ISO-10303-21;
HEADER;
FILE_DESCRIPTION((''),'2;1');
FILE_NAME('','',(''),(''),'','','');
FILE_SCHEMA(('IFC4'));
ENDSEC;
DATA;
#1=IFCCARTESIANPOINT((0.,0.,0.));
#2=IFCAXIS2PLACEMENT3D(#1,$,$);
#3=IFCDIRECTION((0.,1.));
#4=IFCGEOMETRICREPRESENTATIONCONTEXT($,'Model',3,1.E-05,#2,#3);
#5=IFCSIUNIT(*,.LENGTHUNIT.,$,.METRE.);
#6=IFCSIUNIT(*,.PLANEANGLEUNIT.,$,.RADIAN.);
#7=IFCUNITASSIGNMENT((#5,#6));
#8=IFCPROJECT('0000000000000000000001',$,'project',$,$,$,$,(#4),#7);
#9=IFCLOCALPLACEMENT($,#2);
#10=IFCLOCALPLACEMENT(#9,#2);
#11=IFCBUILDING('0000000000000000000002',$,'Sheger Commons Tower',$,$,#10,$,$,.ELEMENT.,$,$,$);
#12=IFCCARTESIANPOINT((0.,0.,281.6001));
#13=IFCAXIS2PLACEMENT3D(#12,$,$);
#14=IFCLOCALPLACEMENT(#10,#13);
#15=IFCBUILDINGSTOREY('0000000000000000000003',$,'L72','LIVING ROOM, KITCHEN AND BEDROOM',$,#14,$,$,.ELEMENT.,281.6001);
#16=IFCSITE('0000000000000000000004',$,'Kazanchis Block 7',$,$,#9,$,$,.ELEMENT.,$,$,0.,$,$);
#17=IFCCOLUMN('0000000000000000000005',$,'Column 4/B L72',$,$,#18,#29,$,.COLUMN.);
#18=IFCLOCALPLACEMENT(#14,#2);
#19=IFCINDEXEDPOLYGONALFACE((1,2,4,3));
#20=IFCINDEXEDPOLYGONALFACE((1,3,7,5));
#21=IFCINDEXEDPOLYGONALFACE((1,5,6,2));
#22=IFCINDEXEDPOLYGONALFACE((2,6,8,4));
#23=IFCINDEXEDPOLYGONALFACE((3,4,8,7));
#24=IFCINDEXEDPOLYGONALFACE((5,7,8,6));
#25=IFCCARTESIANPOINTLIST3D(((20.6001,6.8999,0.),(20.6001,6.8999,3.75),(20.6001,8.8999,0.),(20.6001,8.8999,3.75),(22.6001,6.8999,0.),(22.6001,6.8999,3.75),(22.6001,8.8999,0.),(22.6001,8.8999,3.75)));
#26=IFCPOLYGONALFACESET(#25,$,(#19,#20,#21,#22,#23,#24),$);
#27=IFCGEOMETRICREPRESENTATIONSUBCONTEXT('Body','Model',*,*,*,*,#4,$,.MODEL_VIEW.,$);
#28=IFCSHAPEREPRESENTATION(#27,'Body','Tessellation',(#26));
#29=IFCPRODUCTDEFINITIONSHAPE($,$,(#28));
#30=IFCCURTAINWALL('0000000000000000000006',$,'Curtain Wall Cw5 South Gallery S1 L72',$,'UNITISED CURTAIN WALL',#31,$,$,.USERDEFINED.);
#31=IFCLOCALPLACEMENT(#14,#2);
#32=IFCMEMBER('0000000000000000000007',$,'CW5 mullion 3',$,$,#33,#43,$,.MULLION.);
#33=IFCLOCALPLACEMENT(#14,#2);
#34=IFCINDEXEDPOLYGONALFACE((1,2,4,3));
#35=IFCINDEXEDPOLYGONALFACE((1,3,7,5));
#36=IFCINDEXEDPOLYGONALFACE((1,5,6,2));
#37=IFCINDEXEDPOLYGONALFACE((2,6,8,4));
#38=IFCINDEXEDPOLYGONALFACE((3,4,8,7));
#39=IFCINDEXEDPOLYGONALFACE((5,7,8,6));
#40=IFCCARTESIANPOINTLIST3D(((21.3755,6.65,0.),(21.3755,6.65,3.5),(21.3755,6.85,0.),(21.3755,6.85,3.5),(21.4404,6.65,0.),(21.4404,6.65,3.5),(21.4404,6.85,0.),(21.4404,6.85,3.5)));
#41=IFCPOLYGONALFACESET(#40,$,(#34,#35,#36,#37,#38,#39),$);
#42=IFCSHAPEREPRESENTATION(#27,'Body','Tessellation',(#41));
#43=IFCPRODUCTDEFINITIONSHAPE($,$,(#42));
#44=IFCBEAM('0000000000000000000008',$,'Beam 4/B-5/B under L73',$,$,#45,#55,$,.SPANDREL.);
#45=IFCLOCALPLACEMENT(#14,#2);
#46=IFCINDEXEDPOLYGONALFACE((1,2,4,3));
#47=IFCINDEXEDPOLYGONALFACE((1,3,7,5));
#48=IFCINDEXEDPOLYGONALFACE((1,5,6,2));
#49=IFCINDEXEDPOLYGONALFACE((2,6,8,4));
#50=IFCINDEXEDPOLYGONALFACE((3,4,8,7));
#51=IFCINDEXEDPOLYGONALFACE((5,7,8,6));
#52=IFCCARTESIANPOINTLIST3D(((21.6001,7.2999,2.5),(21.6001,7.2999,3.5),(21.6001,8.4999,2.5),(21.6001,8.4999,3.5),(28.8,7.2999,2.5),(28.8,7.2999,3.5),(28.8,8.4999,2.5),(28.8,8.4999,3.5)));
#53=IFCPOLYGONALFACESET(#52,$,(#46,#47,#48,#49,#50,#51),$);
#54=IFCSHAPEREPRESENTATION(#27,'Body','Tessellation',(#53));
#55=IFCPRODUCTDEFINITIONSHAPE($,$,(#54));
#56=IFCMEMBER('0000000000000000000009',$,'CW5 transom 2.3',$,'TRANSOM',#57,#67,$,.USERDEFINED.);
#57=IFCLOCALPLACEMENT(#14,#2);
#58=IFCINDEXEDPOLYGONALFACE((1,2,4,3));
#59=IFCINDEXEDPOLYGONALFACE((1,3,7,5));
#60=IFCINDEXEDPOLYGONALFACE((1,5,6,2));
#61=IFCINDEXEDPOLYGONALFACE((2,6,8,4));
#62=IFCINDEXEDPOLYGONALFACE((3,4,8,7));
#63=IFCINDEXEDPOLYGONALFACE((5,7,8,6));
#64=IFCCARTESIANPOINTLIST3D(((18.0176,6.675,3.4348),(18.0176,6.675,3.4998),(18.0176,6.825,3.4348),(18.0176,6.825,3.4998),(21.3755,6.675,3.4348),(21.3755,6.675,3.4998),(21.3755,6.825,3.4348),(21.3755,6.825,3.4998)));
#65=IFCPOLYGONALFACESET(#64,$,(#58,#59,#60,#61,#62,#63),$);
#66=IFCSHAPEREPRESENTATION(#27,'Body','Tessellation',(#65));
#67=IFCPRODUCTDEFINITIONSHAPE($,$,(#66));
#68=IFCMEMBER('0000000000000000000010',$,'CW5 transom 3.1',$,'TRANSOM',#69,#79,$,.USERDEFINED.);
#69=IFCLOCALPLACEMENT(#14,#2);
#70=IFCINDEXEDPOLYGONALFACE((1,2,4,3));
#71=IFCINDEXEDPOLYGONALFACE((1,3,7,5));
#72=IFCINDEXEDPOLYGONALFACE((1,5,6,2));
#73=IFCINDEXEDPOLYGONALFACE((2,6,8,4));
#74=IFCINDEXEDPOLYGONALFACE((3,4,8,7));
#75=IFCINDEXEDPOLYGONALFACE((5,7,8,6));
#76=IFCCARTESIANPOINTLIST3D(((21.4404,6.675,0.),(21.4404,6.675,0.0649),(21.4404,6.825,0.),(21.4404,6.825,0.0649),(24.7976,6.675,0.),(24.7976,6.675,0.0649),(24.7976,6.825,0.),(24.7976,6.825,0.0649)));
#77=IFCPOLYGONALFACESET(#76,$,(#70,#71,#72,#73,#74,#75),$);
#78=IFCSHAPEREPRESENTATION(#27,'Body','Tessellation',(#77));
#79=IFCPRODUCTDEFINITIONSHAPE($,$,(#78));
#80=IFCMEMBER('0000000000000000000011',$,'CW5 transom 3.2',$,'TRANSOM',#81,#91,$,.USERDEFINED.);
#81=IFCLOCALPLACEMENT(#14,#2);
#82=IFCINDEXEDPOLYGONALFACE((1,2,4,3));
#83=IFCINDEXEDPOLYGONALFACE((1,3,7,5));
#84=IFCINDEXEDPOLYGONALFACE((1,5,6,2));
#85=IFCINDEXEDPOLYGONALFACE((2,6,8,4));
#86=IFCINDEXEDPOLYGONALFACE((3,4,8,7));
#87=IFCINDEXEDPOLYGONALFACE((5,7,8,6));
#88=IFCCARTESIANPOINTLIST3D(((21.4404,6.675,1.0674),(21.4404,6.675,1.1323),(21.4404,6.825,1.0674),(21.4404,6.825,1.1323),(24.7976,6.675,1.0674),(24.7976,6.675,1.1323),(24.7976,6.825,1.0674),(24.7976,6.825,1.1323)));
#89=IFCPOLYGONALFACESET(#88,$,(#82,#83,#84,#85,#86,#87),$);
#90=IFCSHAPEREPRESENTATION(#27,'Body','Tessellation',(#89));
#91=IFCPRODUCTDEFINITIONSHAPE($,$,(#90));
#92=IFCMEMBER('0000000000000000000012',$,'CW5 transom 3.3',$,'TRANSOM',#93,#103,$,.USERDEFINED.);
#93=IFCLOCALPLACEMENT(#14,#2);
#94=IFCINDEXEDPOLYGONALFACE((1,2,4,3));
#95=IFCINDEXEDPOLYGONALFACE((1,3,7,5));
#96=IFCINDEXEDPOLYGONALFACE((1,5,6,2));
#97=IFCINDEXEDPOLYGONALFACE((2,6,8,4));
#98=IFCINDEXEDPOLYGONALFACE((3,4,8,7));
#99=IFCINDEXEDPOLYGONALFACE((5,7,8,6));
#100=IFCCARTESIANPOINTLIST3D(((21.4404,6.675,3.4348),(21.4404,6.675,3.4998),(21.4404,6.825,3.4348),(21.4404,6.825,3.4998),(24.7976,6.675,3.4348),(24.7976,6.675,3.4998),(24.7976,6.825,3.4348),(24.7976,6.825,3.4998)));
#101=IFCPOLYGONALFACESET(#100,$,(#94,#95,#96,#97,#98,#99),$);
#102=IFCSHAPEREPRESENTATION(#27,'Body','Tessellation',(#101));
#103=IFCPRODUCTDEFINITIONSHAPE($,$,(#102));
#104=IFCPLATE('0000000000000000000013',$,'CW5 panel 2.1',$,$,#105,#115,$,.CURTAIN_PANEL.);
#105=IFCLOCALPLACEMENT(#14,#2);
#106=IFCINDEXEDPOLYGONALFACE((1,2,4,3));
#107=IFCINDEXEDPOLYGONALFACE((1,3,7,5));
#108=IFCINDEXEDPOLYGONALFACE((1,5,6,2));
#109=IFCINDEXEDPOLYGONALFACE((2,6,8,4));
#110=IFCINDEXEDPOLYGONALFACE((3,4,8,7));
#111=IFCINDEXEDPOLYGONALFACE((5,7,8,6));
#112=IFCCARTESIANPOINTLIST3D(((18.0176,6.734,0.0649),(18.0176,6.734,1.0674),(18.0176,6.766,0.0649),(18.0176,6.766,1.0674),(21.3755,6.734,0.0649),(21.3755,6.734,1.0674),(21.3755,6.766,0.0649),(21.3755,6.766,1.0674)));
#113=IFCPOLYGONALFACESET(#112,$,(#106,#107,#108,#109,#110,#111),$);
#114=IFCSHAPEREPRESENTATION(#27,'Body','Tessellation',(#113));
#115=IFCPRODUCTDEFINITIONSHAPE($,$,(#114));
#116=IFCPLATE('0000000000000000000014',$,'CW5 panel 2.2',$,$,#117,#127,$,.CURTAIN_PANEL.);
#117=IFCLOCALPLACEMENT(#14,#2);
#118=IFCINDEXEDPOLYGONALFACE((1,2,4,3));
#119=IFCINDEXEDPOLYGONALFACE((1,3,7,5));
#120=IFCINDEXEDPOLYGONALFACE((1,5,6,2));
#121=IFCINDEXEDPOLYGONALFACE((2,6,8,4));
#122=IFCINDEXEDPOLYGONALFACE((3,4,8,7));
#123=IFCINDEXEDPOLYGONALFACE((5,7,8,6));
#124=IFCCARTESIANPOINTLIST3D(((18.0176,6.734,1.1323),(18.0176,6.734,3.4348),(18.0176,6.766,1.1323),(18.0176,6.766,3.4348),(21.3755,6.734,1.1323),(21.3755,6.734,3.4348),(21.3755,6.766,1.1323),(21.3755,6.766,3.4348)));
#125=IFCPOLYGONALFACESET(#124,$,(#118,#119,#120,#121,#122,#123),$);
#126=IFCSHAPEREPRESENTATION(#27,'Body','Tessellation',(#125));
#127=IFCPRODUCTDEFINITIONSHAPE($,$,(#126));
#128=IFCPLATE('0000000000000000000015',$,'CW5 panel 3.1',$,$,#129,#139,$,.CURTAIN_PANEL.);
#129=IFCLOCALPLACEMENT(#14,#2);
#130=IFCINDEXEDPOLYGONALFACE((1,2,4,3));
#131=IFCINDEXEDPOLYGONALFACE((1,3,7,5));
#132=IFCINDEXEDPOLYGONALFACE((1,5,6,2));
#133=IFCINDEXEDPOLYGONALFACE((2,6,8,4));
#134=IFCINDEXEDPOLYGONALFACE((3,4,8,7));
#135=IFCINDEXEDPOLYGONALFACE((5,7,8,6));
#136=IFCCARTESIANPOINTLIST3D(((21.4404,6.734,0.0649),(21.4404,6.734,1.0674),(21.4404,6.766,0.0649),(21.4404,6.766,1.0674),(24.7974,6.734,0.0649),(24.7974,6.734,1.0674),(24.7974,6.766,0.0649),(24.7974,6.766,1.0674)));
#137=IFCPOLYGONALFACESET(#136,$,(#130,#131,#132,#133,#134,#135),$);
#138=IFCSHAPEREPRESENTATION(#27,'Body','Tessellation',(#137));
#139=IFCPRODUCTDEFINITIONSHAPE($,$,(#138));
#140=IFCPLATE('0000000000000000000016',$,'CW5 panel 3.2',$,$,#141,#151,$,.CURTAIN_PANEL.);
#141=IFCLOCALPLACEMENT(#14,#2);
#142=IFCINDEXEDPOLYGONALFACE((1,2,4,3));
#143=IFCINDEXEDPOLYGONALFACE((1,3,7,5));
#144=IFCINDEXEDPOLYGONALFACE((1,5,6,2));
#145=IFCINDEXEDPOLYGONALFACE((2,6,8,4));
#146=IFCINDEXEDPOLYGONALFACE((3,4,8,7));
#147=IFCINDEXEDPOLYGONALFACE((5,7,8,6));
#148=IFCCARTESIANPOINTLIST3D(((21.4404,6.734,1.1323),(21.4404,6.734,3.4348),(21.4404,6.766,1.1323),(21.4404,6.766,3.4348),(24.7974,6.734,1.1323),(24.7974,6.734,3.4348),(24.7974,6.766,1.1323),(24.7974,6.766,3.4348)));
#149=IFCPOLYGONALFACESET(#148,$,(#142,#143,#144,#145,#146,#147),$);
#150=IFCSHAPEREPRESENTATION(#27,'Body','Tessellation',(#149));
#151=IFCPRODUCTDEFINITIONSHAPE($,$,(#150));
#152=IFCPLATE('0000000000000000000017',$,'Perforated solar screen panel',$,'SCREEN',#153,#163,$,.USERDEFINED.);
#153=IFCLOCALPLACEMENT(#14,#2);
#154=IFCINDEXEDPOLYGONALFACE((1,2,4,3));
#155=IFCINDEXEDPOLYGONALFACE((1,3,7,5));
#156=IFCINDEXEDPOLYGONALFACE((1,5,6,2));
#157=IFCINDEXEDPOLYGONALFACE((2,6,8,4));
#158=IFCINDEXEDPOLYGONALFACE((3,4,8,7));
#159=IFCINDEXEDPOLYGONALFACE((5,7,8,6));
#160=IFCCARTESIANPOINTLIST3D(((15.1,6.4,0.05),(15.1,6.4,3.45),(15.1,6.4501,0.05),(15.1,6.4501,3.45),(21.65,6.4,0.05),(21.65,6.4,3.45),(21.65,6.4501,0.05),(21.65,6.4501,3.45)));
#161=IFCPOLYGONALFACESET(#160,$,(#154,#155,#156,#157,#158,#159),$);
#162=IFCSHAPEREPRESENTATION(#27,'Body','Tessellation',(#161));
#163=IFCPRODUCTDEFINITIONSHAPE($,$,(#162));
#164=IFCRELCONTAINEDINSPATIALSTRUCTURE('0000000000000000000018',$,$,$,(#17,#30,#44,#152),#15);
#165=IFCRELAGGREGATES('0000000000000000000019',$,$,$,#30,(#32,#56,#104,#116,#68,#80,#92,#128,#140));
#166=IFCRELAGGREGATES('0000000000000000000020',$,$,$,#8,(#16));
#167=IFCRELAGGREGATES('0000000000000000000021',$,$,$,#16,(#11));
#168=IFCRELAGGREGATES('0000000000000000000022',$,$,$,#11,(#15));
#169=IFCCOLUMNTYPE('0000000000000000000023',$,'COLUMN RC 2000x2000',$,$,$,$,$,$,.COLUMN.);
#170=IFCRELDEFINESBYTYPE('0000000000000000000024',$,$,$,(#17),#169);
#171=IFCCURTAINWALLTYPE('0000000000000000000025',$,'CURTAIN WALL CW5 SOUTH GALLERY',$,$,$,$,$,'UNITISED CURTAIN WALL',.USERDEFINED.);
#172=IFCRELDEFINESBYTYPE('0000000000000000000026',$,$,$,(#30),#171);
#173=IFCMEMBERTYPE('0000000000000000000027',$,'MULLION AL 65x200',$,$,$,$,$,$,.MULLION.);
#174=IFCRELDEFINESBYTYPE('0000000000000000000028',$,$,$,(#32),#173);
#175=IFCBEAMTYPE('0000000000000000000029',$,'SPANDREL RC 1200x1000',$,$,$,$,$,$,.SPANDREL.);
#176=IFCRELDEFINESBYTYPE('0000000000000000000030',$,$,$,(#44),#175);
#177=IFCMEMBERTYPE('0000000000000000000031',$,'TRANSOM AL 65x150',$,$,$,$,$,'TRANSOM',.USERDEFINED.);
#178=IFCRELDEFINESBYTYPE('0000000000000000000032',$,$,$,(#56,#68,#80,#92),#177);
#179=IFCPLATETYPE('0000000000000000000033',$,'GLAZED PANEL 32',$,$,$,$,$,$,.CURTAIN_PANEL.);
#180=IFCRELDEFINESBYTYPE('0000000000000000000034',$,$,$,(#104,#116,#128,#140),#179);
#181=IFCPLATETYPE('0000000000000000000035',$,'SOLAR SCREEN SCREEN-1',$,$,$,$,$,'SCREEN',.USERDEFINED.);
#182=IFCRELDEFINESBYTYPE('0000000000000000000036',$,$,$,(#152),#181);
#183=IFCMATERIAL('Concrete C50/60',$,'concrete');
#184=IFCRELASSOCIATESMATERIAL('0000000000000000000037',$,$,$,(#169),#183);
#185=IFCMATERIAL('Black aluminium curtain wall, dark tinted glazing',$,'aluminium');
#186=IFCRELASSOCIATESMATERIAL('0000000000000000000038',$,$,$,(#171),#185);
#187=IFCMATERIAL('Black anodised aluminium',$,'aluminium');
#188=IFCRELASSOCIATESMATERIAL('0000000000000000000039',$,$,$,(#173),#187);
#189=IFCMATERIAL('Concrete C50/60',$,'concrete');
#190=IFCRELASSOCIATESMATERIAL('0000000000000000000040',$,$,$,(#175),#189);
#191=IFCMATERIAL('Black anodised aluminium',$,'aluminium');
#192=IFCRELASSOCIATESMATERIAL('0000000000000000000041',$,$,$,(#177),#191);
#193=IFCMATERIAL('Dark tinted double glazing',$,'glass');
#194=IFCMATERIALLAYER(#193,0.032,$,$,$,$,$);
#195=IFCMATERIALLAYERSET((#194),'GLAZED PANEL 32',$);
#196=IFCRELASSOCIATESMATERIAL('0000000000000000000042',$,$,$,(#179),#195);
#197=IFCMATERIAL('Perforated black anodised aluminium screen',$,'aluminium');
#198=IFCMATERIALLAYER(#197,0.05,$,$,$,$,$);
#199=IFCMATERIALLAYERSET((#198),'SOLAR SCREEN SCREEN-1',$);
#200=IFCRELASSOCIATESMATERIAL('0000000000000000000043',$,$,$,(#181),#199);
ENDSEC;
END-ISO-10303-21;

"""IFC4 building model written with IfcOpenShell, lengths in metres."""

from ifc_helpers import new_model, si_unit, direction, frame, origin, origin_2d, place, context, subcontext, project, spatial, rectangle, extrude, material, layer, layer_set, material_profile, profile_set, type_object, element, aggregate, save


model = new_model("IFC4")

# Units and contexts
model_context = context("Model", 3, precision=1e-05, world=origin(), true_north=direction((0.0, 1.0)))
body_context = subcontext(model_context, "Body", "Model", "MODEL_VIEW")
ifc_project = project(units=[si_unit("LENGTHUNIT", "METRE"), si_unit("PLANEANGLEUNIT", "RADIAN")], contexts=[model_context])

# Site, building, storey
site_placement = place(None, origin())
site = spatial("IfcSite", under=ifc_project, at=site_placement, Name="Kazanchis Block 7", CompositionType="ELEMENT", RefElevation=0.0)
building_placement = place(site_placement, origin())
building = spatial("IfcBuilding", under=site, at=building_placement, Name="Sheger Commons Tower", CompositionType="ELEMENT")
storey_placement = place(building_placement, frame((0.0, 0.0, 281.6001)))
storey = spatial("IfcBuildingStorey", under=building, at=storey_placement, Name="L72", Description="LIVING ROOM, KITCHEN AND BEDROOM", CompositionType="ELEMENT", Elevation=281.6001)

# Column
ifc_material_1 = material(Name="Concrete C50/60", Category="concrete")
ifc_material_profile_1 = material_profile(ifc_material_1, rectangle(XDim=2.0, YDim=2.0, at=origin_2d()), Name="RC 2000x2000")
ifc_profile_set_1 = profile_set([ifc_material_profile_1], Name="Concrete C50/60")
column_type = type_object("IfcColumnType", Name="COLUMN RC 2000x2000", PredefinedType="COLUMN", material=ifc_profile_set_1)
column_placement = place(storey_placement, frame((21.6001, 7.8999, 0.0), z_axis=(0.0, 0.0, 1.0), x_axis=(1.0, 0.0, 0.0)))
element("IfcColumn", 1, at=column_placement, inside=storey, type_object=column_type, Name="Column 4/B L72", PredefinedType="COLUMN", context=body_context, shape_type="SweptSolid", body=[
    extrude(rectangle(XDim=2.0, YDim=2.0, at=origin_2d()), origin(), (0.0, 0.0, 1.0), 3.75),
])

# Curtain wall, member
ifc_material_2 = material(Name="Black aluminium curtain wall, dark tinted glazing", Category="aluminium")
curtain_wall_type = type_object("IfcCurtainWallType", Name="CURTAIN WALL CW5 SOUTH GALLERY", ElementType="UNITISED CURTAIN WALL", PredefinedType="USERDEFINED", material=ifc_material_2)
curtain_wall_placement = place(storey_placement, origin())
curtain_wall = element("IfcCurtainWall", 2, at=curtain_wall_placement, inside=storey, type_object=curtain_wall_type, Name="Curtain Wall Cw5 South Gallery S1 L72", ObjectType="UNITISED CURTAIN WALL", PredefinedType="USERDEFINED")
ifc_material_3 = material(Name="Black anodised aluminium", Category="aluminium")
ifc_material_profile_2 = material_profile(ifc_material_3, rectangle(XDim=0.2, YDim=0.0649, at=origin_2d()), Name="AL 65x200")
ifc_profile_set_2 = profile_set([ifc_material_profile_2], Name="Black anodised aluminium")
member_type_1 = type_object("IfcMemberType", Name="MULLION AL 65x200", PredefinedType="MULLION", material=ifc_profile_set_2)
member_1_placement = place(storey_placement, frame((21.408, 6.75, 0.0), z_axis=(0.0, 0.0, 1.0), x_axis=(0.0, 1.0, 0.0)))
member_1 = element("IfcMember", 3, at=member_1_placement, type_object=member_type_1, Name="CW5 mullion 3", PredefinedType="MULLION", context=body_context, shape_type="SweptSolid", body=[
    extrude(rectangle(XDim=0.2, YDim=0.0649, at=origin_2d()), origin(), (0.0, 0.0, 1.0), 3.5),
])

# Beam
ifc_material_4 = material(Name="Concrete C50/60", Category="concrete")
ifc_material_profile_3 = material_profile(ifc_material_4, rectangle(XDim=1.2, YDim=1.0, at=origin_2d()), Name="RC 1200x1000")
ifc_profile_set_3 = profile_set([ifc_material_profile_3], Name="Concrete C50/60")
beam_type = type_object("IfcBeamType", Name="SPANDREL RC 1200x1000", PredefinedType="SPANDREL", material=ifc_profile_set_3)
beam_placement = place(storey_placement, frame((21.6001, 7.8999, 3.0), z_axis=(1.0, 0.0, 0.0), x_axis=(0.0, 1.0, 0.0)))
element("IfcBeam", 4, at=beam_placement, inside=storey, type_object=beam_type, Name="Beam 4/B-5/B under L73", PredefinedType="SPANDREL", context=body_context, shape_type="SweptSolid", body=[
    extrude(rectangle(XDim=1.2, YDim=1.0, at=origin_2d()), origin(), (0.0, 0.0, 1.0), 7.2),
])

# Members
ifc_material_5 = material(Name="Black anodised aluminium", Category="aluminium")
ifc_material_profile_4 = material_profile(ifc_material_5, rectangle(XDim=0.1499, YDim=0.0649, at=origin_2d()), Name="AL 65x150")
ifc_profile_set_4 = profile_set([ifc_material_profile_4], Name="Black anodised aluminium")
member_type_2 = type_object("IfcMemberType", Name="TRANSOM AL 65x150", ElementType="TRANSOM", PredefinedType="USERDEFINED", material=ifc_profile_set_4)
member_2_placement = place(storey_placement, frame((18.0176, 6.75, 3.4673), z_axis=(1.0, 0.0, 0.0), x_axis=(0.0, 1.0, 0.0)))
member_2 = element("IfcMember", 5, at=member_2_placement, type_object=member_type_2, Name="CW5 transom 2.3", ObjectType="TRANSOM", PredefinedType="USERDEFINED", context=body_context, shape_type="SweptSolid", body=[
    extrude(rectangle(XDim=0.1499, YDim=0.0649, at=origin_2d()), origin(), (0.0, 0.0, 1.0), 3.3579),
])
member_3_placement = place(storey_placement, frame((21.4404, 6.75, 0.0325), z_axis=(1.0, 0.0, 0.0), x_axis=(0.0, 1.0, 0.0)))
member_3 = element("IfcMember", 6, at=member_3_placement, type_object=member_type_2, Name="CW5 transom 3.1", ObjectType="TRANSOM", PredefinedType="USERDEFINED", context=body_context, shape_type="SweptSolid", body=[
    extrude(rectangle(XDim=0.1499, YDim=0.0649, at=origin_2d()), origin(), (0.0, 0.0, 1.0), 3.3572),
])
member_4_placement = place(storey_placement, frame((21.4404, 6.75, 1.0999), z_axis=(1.0, 0.0, 0.0), x_axis=(0.0, 1.0, 0.0)))
member_4 = element("IfcMember", 7, at=member_4_placement, type_object=member_type_2, Name="CW5 transom 3.2", ObjectType="TRANSOM", PredefinedType="USERDEFINED", context=body_context, shape_type="SweptSolid", body=[
    extrude(rectangle(XDim=0.1499, YDim=0.0649, at=origin_2d()), origin(), (0.0, 0.0, 1.0), 3.3572),
])
member_5_placement = place(storey_placement, frame((21.4404, 6.75, 3.4673), z_axis=(1.0, 0.0, 0.0), x_axis=(0.0, 1.0, 0.0)))
member_5 = element("IfcMember", 8, at=member_5_placement, type_object=member_type_2, Name="CW5 transom 3.3", ObjectType="TRANSOM", PredefinedType="USERDEFINED", context=body_context, shape_type="SweptSolid", body=[
    extrude(rectangle(XDim=0.1499, YDim=0.0649, at=origin_2d()), origin(), (0.0, 0.0, 1.0), 3.3572),
])

# Plates
ifc_material_6 = material(Name="Dark tinted double glazing", Category="glass")
ifc_layer_1 = layer(ifc_material_6, 0.032)
ifc_layer_set_1 = layer_set([ifc_layer_1], Name="GLAZED PANEL 32")
plate_type_1 = type_object("IfcPlateType", Name="GLAZED PANEL 32", PredefinedType="CURTAIN_PANEL", material=ifc_layer_set_1)
plate_1_placement = place(storey_placement, frame((19.6965, 6.75, 0.0649), z_axis=(0.0, 0.0, 1.0), x_axis=(1.0, 0.0, 0.0)))
plate_1 = element("IfcPlate", 9, at=plate_1_placement, type_object=plate_type_1, Name="CW5 panel 2.1", PredefinedType="CURTAIN_PANEL", context=body_context, shape_type="SweptSolid", body=[
    extrude(rectangle(XDim=3.3579, YDim=0.032, at=origin_2d()), origin(), (0.0, 0.0, 1.0), 1.0024),
])
plate_2_placement = place(storey_placement, frame((19.6965, 6.75, 1.1323), z_axis=(0.0, 0.0, 1.0), x_axis=(1.0, 0.0, 0.0)))
plate_2 = element("IfcPlate", 10, at=plate_2_placement, type_object=plate_type_1, Name="CW5 panel 2.2", PredefinedType="CURTAIN_PANEL", context=body_context, shape_type="SweptSolid", body=[
    extrude(rectangle(XDim=3.3579, YDim=0.032, at=origin_2d()), origin(), (0.0, 0.0, 1.0), 2.3025),
])
plate_3_placement = place(storey_placement, frame((23.1189, 6.75, 0.0649), z_axis=(0.0, 0.0, 1.0), x_axis=(1.0, 0.0, 0.0)))
plate_3 = element("IfcPlate", 11, at=plate_3_placement, type_object=plate_type_1, Name="CW5 panel 3.1", PredefinedType="CURTAIN_PANEL", context=body_context, shape_type="SweptSolid", body=[
    extrude(rectangle(XDim=3.3569, YDim=0.032, at=origin_2d()), origin(), (0.0, 0.0, 1.0), 1.0024),
])
plate_4_placement = place(storey_placement, frame((23.1189, 6.75, 1.1323), z_axis=(0.0, 0.0, 1.0), x_axis=(1.0, 0.0, 0.0)))
plate_4 = element("IfcPlate", 12, at=plate_4_placement, type_object=plate_type_1, Name="CW5 panel 3.2", PredefinedType="CURTAIN_PANEL", context=body_context, shape_type="SweptSolid", body=[
    extrude(rectangle(XDim=3.3569, YDim=0.032, at=origin_2d()), origin(), (0.0, 0.0, 1.0), 2.3025),
])
aggregate(curtain_wall, [member_1, member_2, plate_1, plate_2, member_3, member_4, member_5, plate_3, plate_4])
ifc_material_7 = material(Name="Perforated black anodised aluminium screen", Category="aluminium")
ifc_layer_2 = layer(ifc_material_7, 0.05)
ifc_layer_set_2 = layer_set([ifc_layer_2], Name="SOLAR SCREEN SCREEN-1")
plate_type_2 = type_object("IfcPlateType", Name="SOLAR SCREEN SCREEN-1", ElementType="SCREEN", PredefinedType="USERDEFINED", material=ifc_layer_set_2)
plate_5_placement = place(storey_placement, frame((18.375, 6.425, 0.05), z_axis=(0.0, 0.0, 1.0), x_axis=(1.0, 0.0, 0.0)))
element("IfcPlate", 13, at=plate_5_placement, inside=storey, type_object=plate_type_2, Name="Perforated solar screen panel", ObjectType="SCREEN", PredefinedType="USERDEFINED", context=body_context, shape_type="SweptSolid", body=[
    extrude(rectangle(XDim=6.55, YDim=0.05, at=origin_2d()), origin(), (0.0, 0.0, 1.0), 3.3999),
])

save(model, "model.ifc")
